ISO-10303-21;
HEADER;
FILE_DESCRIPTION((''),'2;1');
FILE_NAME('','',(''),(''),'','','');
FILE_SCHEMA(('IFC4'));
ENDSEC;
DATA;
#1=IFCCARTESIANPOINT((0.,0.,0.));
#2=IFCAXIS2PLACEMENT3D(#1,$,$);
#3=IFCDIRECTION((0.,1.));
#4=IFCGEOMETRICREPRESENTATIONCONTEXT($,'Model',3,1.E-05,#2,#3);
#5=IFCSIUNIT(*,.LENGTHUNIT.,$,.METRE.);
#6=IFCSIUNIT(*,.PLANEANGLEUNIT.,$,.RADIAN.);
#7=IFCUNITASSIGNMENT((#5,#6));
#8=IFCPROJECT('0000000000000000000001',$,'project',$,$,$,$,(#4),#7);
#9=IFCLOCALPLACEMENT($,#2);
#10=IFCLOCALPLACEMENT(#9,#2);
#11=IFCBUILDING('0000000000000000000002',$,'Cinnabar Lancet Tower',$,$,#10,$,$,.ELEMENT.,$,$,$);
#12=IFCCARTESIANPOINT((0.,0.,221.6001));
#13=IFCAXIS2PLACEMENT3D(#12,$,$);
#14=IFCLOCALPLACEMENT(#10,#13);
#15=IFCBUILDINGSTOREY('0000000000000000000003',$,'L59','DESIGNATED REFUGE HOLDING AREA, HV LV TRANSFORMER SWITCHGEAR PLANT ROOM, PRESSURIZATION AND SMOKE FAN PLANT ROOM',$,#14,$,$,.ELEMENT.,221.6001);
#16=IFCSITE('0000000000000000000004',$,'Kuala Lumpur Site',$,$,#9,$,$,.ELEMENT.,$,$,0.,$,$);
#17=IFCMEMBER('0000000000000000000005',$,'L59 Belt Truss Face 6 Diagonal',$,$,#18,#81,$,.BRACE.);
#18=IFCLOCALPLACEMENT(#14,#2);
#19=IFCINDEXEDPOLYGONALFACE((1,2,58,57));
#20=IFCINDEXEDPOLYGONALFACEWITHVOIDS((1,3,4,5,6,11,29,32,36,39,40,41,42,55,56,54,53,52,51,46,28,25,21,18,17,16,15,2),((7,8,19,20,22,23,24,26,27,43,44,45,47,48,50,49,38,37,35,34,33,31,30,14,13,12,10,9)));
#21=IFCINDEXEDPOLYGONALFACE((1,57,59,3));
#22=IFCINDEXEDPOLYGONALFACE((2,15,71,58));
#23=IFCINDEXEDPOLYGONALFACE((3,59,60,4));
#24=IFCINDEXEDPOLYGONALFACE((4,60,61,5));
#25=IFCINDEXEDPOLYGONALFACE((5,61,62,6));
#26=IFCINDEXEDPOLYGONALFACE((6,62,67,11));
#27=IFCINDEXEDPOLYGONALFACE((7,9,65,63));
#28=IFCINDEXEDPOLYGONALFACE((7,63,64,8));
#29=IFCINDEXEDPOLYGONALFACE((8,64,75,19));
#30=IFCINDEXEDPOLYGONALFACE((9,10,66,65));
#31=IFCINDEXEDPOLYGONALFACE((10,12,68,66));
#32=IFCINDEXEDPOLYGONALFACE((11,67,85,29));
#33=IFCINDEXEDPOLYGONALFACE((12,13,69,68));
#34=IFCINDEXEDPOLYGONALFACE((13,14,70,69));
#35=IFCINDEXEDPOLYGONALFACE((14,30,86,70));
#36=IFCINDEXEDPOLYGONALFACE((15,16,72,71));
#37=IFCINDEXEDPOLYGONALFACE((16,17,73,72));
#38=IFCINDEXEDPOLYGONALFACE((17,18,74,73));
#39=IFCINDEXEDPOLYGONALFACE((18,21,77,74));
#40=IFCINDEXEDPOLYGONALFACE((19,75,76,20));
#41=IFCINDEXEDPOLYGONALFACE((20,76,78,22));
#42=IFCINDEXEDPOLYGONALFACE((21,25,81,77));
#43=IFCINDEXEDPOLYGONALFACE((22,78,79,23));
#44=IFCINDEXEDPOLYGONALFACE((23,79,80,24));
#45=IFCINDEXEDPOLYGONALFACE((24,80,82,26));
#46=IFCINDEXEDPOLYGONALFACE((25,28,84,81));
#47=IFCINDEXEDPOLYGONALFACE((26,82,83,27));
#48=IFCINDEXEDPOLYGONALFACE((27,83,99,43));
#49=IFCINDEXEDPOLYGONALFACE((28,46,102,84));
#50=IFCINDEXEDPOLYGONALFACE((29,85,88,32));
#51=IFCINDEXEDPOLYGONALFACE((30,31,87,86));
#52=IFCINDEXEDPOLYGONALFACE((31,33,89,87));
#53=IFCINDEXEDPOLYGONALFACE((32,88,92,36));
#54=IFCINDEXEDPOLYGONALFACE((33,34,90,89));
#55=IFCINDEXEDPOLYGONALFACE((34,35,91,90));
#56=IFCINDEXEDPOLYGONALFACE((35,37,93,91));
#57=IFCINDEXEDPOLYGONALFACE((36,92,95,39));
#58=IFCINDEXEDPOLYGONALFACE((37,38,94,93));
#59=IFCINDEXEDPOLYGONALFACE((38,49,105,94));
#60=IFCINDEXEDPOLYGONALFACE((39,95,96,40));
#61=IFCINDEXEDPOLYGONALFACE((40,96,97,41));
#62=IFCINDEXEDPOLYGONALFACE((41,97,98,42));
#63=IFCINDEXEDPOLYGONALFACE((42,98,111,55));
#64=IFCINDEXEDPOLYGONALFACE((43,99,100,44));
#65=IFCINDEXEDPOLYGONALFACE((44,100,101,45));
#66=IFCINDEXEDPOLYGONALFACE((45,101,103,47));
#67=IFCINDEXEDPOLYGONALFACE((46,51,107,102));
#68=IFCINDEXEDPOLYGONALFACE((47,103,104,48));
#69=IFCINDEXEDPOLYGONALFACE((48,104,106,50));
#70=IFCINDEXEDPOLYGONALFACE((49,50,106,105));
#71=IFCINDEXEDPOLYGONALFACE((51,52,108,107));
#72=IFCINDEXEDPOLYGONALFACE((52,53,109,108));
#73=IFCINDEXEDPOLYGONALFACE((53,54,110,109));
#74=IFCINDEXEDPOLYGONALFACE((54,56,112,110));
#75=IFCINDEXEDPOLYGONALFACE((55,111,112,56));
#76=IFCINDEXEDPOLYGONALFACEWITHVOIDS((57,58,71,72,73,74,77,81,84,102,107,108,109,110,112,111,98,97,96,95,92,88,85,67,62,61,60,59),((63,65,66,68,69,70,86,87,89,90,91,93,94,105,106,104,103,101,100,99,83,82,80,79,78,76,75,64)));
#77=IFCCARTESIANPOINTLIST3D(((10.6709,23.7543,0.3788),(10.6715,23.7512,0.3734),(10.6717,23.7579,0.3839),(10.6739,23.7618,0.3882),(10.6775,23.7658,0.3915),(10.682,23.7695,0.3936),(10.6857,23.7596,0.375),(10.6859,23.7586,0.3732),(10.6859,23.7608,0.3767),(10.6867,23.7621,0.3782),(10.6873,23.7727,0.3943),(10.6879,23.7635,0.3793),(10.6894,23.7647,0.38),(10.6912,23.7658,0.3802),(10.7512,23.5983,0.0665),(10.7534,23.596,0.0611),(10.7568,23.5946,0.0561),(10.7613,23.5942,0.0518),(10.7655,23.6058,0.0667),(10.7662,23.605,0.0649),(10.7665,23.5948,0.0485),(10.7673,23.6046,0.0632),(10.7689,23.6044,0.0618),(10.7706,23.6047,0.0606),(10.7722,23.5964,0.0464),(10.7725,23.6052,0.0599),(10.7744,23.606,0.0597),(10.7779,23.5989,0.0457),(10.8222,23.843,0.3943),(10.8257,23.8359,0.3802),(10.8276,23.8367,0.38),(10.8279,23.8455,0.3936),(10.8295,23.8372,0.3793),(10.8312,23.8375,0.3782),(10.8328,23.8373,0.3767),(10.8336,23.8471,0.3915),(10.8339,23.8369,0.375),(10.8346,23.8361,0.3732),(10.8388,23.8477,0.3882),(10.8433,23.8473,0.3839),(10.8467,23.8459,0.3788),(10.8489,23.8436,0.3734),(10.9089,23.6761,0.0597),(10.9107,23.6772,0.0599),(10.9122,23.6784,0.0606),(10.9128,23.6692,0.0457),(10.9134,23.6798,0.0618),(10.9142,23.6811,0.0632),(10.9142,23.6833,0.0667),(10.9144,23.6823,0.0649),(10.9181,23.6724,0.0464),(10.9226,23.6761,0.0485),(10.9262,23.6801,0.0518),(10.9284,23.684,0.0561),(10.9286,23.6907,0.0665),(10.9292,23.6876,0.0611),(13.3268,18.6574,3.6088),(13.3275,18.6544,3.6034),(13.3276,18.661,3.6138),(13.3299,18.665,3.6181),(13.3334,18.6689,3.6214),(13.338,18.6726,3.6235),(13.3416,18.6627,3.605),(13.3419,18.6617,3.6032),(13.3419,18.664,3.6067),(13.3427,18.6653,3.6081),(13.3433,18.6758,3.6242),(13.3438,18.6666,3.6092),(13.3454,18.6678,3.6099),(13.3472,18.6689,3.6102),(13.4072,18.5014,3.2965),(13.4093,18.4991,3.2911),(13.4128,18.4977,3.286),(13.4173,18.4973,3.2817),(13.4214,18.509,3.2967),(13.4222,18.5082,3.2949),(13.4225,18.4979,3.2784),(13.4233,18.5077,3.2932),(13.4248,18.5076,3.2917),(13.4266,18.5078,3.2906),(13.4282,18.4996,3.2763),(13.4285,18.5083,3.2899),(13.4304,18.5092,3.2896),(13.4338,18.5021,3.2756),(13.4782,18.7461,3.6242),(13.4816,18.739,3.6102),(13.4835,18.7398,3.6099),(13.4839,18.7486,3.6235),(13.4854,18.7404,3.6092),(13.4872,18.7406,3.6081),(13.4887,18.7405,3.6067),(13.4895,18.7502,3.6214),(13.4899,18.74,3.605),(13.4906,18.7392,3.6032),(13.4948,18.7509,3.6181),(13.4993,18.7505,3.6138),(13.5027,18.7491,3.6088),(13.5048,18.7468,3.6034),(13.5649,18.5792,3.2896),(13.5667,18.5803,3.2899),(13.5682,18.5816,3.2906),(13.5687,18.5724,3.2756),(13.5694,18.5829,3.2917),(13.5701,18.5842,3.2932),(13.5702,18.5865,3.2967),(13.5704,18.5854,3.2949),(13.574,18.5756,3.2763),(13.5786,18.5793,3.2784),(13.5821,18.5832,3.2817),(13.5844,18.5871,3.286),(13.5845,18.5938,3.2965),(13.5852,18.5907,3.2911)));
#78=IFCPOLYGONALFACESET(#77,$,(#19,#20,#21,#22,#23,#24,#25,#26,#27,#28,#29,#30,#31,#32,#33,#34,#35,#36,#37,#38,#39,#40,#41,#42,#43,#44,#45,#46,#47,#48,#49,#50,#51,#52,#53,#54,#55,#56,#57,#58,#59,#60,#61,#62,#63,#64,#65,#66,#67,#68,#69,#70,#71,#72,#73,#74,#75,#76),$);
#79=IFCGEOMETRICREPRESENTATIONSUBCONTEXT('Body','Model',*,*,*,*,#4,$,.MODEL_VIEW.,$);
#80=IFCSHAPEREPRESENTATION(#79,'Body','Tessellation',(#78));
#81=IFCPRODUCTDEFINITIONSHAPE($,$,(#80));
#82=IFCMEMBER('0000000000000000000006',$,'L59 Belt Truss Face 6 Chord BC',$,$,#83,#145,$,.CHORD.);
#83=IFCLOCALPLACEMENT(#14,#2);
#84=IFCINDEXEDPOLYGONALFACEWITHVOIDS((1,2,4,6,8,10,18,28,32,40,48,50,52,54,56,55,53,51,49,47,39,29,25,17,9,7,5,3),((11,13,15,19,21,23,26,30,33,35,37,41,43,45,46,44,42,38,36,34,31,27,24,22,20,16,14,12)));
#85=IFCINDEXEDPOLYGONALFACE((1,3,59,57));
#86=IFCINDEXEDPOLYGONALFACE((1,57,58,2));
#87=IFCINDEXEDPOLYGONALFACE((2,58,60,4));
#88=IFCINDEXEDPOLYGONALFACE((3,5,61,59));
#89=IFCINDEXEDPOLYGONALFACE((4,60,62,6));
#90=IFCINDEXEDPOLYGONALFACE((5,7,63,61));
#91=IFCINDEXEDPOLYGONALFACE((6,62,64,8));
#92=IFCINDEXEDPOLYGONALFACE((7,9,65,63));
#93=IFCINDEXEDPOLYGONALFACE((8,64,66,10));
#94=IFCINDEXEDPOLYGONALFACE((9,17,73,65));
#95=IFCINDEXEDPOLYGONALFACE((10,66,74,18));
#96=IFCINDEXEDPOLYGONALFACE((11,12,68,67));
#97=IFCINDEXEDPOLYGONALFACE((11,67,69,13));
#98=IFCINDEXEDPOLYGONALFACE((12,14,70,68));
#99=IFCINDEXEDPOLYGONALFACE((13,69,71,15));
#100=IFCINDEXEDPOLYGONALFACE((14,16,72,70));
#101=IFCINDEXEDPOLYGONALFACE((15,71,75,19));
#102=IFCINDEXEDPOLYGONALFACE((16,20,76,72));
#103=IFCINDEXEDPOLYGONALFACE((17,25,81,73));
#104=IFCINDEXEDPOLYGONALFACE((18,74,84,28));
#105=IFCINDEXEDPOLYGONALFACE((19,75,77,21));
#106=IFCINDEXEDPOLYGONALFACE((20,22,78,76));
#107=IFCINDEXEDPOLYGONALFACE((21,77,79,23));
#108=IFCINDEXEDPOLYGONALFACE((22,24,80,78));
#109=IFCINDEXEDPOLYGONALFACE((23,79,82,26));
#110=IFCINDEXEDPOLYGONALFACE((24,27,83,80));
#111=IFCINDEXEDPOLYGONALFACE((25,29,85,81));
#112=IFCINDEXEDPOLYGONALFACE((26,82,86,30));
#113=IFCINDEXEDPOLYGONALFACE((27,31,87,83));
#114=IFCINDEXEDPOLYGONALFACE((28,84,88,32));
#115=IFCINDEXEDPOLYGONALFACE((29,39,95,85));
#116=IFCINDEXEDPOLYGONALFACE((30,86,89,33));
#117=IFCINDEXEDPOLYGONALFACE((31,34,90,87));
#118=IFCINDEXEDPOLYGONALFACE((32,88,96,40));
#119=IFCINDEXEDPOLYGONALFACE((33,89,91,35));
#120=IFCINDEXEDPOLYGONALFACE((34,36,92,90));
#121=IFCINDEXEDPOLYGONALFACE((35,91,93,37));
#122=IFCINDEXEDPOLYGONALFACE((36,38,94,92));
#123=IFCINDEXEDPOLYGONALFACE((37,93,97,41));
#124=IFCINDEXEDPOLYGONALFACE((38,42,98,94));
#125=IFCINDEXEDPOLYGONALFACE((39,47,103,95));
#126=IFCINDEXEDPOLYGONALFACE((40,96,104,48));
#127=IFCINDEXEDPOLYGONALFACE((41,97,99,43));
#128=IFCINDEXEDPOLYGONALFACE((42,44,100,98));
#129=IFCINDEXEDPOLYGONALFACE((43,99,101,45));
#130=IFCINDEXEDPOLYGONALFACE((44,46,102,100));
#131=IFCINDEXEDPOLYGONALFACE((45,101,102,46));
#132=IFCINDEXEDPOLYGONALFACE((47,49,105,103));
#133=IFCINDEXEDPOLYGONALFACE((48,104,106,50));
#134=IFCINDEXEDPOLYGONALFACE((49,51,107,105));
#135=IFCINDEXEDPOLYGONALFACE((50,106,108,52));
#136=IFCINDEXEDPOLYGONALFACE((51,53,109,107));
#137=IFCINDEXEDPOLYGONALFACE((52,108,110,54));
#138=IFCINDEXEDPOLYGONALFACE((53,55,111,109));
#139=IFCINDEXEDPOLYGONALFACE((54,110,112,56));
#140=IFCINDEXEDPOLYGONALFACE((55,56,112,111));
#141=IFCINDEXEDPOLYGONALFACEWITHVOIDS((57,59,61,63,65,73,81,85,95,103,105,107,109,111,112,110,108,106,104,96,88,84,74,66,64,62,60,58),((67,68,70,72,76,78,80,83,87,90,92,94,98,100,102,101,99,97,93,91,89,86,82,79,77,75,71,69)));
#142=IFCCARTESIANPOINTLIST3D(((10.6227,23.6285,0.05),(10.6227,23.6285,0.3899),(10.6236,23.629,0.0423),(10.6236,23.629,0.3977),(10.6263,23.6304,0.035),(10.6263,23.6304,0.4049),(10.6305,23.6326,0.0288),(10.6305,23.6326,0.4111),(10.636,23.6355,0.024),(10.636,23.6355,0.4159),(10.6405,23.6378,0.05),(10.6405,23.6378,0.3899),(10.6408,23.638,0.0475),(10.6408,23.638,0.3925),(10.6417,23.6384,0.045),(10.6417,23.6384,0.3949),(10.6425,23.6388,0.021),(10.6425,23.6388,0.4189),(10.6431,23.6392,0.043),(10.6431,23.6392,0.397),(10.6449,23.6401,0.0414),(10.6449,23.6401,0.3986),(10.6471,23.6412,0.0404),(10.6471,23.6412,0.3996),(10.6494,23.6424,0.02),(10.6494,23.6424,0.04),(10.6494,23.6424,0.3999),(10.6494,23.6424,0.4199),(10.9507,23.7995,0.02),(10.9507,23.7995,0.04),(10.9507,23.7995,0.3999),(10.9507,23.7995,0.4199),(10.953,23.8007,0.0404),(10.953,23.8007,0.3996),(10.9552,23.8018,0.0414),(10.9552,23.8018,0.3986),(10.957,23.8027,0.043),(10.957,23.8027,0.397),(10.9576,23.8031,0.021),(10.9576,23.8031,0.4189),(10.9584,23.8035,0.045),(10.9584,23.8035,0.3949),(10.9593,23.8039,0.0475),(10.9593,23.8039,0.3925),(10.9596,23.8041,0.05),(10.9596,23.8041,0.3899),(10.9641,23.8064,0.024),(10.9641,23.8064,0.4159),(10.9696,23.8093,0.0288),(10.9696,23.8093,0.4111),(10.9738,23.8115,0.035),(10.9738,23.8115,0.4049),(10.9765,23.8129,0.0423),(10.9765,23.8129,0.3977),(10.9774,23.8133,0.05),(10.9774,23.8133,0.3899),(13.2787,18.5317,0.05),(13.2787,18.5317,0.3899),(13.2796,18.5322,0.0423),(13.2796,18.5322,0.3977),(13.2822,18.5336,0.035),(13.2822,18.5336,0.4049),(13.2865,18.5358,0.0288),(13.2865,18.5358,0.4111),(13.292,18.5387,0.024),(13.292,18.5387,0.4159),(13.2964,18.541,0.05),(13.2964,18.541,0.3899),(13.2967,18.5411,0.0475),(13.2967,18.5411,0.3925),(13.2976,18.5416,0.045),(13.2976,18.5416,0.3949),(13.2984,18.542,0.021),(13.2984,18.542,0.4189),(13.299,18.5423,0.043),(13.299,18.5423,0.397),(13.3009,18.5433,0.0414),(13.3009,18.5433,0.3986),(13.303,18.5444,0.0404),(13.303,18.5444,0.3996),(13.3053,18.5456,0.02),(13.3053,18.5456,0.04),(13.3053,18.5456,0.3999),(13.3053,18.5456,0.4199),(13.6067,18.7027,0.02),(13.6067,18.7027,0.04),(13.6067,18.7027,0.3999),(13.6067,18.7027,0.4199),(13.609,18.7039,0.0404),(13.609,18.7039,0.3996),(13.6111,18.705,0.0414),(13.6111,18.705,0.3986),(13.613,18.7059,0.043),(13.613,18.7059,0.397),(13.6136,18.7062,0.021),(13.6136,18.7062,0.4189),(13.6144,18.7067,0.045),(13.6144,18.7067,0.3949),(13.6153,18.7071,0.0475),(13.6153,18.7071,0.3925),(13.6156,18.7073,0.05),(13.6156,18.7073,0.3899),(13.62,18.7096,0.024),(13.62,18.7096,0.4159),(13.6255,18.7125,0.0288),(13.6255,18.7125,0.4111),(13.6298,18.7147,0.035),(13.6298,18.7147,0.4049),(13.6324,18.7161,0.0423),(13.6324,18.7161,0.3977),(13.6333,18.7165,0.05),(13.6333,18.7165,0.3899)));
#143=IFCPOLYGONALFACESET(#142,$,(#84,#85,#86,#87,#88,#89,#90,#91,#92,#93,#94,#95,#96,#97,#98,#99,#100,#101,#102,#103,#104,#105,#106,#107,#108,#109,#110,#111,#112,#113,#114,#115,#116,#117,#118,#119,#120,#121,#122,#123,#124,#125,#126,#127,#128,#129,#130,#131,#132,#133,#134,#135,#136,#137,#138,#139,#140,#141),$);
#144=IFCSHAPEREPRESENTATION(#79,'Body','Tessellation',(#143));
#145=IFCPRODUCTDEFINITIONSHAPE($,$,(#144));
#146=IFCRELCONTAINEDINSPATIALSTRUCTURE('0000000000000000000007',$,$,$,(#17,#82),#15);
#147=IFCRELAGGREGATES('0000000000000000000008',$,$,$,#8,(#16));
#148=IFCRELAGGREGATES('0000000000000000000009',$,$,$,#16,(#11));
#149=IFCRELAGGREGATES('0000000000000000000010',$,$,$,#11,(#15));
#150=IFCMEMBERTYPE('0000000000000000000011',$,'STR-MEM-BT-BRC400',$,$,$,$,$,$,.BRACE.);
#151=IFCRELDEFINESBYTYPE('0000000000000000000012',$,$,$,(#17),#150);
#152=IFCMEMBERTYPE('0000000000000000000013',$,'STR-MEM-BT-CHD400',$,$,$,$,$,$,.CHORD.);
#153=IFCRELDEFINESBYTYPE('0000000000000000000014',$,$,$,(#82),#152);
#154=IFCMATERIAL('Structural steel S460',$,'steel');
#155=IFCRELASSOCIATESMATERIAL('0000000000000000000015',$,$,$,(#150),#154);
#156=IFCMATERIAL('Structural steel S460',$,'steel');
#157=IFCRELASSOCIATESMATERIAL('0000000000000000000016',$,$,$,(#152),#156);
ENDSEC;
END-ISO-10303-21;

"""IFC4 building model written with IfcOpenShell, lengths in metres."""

from ifc_helpers import new_model, si_unit, direction, frame, origin, origin_2d, place, context, subcontext, project, spatial, hollow_rectangle, extrude, material, material_profile, profile_set, type_object, element, save


model = new_model("IFC4")

# Units and contexts
model_context = context("Model", 3, precision=1e-05, world=origin(), true_north=direction((0.0, 1.0)))
body_context = subcontext(model_context, "Body", "Model", "MODEL_VIEW")
ifc_project = project(units=[si_unit("LENGTHUNIT", "METRE"), si_unit("PLANEANGLEUNIT", "RADIAN")], contexts=[model_context])

# Site, building, storey
site_placement = place(None, origin())
site = spatial("IfcSite", under=ifc_project, at=site_placement, Name="Kuala Lumpur Site", CompositionType="ELEMENT", RefElevation=0.0)
building_placement = place(site_placement, origin())
building = spatial("IfcBuilding", under=site, at=building_placement, Name="Cinnabar Lancet Tower", CompositionType="ELEMENT")
storey_placement = place(building_placement, frame((0.0, 0.0, 221.6001)))
storey = spatial("IfcBuildingStorey", under=building, at=storey_placement, Name="L59", Description="DESIGNATED REFUGE HOLDING AREA, HV LV TRANSFORMER SWITCHGEAR PLANT ROOM, PRESSURIZATION AND SMOKE FAN PLANT ROOM", CompositionType="ELEMENT", Elevation=221.6001)

# Members
ifc_material_1 = material(Name="Structural steel S460", Category="steel")
ifc_material_profile_1 = material_profile(ifc_material_1, hollow_rectangle(XDim=0.2, YDim=0.3999, WallThickness=0.0161, InnerFilletRadius=0.0081, OuterFilletRadius=0.0239, at=origin_2d()), Name="RHS 400x200x16")
ifc_profile_set_1 = profile_set([ifc_material_profile_1], Name="Structural steel S460")
member_type_1 = type_object("IfcMemberType", Name="STR-MEM-BT-BRC400", PredefinedType="BRACE", material=ifc_profile_set_1)
member_placement = place(storey_placement, frame((10.8, 23.7209, 0.22), z_axis=(0.402861, -0.773098, 0.489921), x_axis=(0.886817, 0.46212, 0.0)))
element("IfcMember", 1, at=member_placement, inside=storey, type_object=member_type_1, Name="L59 Belt Truss Face 6 Diagonal", PredefinedType="BRACE", context=body_context, shape_type="SweptSolid", body=[
    extrude(hollow_rectangle(XDim=0.2, YDim=0.3999, WallThickness=0.0161, InnerFilletRadius=0.0081, OuterFilletRadius=0.0239, at=origin_2d()), origin(), (0.0, 0.0, 1.0), 6.5928),
])
ifc_material_2 = material(Name="Structural steel S460", Category="steel")
ifc_material_profile_2 = material_profile(ifc_material_2, hollow_rectangle(XDim=0.3999, YDim=0.3999, WallThickness=0.02, InnerFilletRadius=0.01, OuterFilletRadius=0.03, at=origin_2d()), Name="SHS 400x400x20")
ifc_profile_set_2 = profile_set([ifc_material_profile_2], Name="Structural steel S460")
member_type_2 = type_object("IfcMemberType", Name="STR-MEM-BT-CHD400", PredefinedType="CHORD", material=ifc_profile_set_2)
for number, where, z_axis, x_axis, name in (
    (2, (10.8, 23.7209, 0.22), (0.46212, -0.886817, 0.0), (0.886817, 0.46212, 0.0), "L59 Belt Truss Face 6 Chord BC"),
):
    element("IfcMember", number, at=place(storey_placement, frame(where, z_axis=z_axis, x_axis=x_axis)), inside=storey, type_object=member_type_2, Name=name, PredefinedType="CHORD", context=body_context, shape_type="SweptSolid", body=[
        extrude(hollow_rectangle(XDim=0.3999, YDim=0.3999, WallThickness=0.02, InnerFilletRadius=0.01, OuterFilletRadius=0.03, at=origin_2d()), origin(), (0.0, 0.0, 1.0), 5.7473),
    ])

save(model, "model.ifc")
